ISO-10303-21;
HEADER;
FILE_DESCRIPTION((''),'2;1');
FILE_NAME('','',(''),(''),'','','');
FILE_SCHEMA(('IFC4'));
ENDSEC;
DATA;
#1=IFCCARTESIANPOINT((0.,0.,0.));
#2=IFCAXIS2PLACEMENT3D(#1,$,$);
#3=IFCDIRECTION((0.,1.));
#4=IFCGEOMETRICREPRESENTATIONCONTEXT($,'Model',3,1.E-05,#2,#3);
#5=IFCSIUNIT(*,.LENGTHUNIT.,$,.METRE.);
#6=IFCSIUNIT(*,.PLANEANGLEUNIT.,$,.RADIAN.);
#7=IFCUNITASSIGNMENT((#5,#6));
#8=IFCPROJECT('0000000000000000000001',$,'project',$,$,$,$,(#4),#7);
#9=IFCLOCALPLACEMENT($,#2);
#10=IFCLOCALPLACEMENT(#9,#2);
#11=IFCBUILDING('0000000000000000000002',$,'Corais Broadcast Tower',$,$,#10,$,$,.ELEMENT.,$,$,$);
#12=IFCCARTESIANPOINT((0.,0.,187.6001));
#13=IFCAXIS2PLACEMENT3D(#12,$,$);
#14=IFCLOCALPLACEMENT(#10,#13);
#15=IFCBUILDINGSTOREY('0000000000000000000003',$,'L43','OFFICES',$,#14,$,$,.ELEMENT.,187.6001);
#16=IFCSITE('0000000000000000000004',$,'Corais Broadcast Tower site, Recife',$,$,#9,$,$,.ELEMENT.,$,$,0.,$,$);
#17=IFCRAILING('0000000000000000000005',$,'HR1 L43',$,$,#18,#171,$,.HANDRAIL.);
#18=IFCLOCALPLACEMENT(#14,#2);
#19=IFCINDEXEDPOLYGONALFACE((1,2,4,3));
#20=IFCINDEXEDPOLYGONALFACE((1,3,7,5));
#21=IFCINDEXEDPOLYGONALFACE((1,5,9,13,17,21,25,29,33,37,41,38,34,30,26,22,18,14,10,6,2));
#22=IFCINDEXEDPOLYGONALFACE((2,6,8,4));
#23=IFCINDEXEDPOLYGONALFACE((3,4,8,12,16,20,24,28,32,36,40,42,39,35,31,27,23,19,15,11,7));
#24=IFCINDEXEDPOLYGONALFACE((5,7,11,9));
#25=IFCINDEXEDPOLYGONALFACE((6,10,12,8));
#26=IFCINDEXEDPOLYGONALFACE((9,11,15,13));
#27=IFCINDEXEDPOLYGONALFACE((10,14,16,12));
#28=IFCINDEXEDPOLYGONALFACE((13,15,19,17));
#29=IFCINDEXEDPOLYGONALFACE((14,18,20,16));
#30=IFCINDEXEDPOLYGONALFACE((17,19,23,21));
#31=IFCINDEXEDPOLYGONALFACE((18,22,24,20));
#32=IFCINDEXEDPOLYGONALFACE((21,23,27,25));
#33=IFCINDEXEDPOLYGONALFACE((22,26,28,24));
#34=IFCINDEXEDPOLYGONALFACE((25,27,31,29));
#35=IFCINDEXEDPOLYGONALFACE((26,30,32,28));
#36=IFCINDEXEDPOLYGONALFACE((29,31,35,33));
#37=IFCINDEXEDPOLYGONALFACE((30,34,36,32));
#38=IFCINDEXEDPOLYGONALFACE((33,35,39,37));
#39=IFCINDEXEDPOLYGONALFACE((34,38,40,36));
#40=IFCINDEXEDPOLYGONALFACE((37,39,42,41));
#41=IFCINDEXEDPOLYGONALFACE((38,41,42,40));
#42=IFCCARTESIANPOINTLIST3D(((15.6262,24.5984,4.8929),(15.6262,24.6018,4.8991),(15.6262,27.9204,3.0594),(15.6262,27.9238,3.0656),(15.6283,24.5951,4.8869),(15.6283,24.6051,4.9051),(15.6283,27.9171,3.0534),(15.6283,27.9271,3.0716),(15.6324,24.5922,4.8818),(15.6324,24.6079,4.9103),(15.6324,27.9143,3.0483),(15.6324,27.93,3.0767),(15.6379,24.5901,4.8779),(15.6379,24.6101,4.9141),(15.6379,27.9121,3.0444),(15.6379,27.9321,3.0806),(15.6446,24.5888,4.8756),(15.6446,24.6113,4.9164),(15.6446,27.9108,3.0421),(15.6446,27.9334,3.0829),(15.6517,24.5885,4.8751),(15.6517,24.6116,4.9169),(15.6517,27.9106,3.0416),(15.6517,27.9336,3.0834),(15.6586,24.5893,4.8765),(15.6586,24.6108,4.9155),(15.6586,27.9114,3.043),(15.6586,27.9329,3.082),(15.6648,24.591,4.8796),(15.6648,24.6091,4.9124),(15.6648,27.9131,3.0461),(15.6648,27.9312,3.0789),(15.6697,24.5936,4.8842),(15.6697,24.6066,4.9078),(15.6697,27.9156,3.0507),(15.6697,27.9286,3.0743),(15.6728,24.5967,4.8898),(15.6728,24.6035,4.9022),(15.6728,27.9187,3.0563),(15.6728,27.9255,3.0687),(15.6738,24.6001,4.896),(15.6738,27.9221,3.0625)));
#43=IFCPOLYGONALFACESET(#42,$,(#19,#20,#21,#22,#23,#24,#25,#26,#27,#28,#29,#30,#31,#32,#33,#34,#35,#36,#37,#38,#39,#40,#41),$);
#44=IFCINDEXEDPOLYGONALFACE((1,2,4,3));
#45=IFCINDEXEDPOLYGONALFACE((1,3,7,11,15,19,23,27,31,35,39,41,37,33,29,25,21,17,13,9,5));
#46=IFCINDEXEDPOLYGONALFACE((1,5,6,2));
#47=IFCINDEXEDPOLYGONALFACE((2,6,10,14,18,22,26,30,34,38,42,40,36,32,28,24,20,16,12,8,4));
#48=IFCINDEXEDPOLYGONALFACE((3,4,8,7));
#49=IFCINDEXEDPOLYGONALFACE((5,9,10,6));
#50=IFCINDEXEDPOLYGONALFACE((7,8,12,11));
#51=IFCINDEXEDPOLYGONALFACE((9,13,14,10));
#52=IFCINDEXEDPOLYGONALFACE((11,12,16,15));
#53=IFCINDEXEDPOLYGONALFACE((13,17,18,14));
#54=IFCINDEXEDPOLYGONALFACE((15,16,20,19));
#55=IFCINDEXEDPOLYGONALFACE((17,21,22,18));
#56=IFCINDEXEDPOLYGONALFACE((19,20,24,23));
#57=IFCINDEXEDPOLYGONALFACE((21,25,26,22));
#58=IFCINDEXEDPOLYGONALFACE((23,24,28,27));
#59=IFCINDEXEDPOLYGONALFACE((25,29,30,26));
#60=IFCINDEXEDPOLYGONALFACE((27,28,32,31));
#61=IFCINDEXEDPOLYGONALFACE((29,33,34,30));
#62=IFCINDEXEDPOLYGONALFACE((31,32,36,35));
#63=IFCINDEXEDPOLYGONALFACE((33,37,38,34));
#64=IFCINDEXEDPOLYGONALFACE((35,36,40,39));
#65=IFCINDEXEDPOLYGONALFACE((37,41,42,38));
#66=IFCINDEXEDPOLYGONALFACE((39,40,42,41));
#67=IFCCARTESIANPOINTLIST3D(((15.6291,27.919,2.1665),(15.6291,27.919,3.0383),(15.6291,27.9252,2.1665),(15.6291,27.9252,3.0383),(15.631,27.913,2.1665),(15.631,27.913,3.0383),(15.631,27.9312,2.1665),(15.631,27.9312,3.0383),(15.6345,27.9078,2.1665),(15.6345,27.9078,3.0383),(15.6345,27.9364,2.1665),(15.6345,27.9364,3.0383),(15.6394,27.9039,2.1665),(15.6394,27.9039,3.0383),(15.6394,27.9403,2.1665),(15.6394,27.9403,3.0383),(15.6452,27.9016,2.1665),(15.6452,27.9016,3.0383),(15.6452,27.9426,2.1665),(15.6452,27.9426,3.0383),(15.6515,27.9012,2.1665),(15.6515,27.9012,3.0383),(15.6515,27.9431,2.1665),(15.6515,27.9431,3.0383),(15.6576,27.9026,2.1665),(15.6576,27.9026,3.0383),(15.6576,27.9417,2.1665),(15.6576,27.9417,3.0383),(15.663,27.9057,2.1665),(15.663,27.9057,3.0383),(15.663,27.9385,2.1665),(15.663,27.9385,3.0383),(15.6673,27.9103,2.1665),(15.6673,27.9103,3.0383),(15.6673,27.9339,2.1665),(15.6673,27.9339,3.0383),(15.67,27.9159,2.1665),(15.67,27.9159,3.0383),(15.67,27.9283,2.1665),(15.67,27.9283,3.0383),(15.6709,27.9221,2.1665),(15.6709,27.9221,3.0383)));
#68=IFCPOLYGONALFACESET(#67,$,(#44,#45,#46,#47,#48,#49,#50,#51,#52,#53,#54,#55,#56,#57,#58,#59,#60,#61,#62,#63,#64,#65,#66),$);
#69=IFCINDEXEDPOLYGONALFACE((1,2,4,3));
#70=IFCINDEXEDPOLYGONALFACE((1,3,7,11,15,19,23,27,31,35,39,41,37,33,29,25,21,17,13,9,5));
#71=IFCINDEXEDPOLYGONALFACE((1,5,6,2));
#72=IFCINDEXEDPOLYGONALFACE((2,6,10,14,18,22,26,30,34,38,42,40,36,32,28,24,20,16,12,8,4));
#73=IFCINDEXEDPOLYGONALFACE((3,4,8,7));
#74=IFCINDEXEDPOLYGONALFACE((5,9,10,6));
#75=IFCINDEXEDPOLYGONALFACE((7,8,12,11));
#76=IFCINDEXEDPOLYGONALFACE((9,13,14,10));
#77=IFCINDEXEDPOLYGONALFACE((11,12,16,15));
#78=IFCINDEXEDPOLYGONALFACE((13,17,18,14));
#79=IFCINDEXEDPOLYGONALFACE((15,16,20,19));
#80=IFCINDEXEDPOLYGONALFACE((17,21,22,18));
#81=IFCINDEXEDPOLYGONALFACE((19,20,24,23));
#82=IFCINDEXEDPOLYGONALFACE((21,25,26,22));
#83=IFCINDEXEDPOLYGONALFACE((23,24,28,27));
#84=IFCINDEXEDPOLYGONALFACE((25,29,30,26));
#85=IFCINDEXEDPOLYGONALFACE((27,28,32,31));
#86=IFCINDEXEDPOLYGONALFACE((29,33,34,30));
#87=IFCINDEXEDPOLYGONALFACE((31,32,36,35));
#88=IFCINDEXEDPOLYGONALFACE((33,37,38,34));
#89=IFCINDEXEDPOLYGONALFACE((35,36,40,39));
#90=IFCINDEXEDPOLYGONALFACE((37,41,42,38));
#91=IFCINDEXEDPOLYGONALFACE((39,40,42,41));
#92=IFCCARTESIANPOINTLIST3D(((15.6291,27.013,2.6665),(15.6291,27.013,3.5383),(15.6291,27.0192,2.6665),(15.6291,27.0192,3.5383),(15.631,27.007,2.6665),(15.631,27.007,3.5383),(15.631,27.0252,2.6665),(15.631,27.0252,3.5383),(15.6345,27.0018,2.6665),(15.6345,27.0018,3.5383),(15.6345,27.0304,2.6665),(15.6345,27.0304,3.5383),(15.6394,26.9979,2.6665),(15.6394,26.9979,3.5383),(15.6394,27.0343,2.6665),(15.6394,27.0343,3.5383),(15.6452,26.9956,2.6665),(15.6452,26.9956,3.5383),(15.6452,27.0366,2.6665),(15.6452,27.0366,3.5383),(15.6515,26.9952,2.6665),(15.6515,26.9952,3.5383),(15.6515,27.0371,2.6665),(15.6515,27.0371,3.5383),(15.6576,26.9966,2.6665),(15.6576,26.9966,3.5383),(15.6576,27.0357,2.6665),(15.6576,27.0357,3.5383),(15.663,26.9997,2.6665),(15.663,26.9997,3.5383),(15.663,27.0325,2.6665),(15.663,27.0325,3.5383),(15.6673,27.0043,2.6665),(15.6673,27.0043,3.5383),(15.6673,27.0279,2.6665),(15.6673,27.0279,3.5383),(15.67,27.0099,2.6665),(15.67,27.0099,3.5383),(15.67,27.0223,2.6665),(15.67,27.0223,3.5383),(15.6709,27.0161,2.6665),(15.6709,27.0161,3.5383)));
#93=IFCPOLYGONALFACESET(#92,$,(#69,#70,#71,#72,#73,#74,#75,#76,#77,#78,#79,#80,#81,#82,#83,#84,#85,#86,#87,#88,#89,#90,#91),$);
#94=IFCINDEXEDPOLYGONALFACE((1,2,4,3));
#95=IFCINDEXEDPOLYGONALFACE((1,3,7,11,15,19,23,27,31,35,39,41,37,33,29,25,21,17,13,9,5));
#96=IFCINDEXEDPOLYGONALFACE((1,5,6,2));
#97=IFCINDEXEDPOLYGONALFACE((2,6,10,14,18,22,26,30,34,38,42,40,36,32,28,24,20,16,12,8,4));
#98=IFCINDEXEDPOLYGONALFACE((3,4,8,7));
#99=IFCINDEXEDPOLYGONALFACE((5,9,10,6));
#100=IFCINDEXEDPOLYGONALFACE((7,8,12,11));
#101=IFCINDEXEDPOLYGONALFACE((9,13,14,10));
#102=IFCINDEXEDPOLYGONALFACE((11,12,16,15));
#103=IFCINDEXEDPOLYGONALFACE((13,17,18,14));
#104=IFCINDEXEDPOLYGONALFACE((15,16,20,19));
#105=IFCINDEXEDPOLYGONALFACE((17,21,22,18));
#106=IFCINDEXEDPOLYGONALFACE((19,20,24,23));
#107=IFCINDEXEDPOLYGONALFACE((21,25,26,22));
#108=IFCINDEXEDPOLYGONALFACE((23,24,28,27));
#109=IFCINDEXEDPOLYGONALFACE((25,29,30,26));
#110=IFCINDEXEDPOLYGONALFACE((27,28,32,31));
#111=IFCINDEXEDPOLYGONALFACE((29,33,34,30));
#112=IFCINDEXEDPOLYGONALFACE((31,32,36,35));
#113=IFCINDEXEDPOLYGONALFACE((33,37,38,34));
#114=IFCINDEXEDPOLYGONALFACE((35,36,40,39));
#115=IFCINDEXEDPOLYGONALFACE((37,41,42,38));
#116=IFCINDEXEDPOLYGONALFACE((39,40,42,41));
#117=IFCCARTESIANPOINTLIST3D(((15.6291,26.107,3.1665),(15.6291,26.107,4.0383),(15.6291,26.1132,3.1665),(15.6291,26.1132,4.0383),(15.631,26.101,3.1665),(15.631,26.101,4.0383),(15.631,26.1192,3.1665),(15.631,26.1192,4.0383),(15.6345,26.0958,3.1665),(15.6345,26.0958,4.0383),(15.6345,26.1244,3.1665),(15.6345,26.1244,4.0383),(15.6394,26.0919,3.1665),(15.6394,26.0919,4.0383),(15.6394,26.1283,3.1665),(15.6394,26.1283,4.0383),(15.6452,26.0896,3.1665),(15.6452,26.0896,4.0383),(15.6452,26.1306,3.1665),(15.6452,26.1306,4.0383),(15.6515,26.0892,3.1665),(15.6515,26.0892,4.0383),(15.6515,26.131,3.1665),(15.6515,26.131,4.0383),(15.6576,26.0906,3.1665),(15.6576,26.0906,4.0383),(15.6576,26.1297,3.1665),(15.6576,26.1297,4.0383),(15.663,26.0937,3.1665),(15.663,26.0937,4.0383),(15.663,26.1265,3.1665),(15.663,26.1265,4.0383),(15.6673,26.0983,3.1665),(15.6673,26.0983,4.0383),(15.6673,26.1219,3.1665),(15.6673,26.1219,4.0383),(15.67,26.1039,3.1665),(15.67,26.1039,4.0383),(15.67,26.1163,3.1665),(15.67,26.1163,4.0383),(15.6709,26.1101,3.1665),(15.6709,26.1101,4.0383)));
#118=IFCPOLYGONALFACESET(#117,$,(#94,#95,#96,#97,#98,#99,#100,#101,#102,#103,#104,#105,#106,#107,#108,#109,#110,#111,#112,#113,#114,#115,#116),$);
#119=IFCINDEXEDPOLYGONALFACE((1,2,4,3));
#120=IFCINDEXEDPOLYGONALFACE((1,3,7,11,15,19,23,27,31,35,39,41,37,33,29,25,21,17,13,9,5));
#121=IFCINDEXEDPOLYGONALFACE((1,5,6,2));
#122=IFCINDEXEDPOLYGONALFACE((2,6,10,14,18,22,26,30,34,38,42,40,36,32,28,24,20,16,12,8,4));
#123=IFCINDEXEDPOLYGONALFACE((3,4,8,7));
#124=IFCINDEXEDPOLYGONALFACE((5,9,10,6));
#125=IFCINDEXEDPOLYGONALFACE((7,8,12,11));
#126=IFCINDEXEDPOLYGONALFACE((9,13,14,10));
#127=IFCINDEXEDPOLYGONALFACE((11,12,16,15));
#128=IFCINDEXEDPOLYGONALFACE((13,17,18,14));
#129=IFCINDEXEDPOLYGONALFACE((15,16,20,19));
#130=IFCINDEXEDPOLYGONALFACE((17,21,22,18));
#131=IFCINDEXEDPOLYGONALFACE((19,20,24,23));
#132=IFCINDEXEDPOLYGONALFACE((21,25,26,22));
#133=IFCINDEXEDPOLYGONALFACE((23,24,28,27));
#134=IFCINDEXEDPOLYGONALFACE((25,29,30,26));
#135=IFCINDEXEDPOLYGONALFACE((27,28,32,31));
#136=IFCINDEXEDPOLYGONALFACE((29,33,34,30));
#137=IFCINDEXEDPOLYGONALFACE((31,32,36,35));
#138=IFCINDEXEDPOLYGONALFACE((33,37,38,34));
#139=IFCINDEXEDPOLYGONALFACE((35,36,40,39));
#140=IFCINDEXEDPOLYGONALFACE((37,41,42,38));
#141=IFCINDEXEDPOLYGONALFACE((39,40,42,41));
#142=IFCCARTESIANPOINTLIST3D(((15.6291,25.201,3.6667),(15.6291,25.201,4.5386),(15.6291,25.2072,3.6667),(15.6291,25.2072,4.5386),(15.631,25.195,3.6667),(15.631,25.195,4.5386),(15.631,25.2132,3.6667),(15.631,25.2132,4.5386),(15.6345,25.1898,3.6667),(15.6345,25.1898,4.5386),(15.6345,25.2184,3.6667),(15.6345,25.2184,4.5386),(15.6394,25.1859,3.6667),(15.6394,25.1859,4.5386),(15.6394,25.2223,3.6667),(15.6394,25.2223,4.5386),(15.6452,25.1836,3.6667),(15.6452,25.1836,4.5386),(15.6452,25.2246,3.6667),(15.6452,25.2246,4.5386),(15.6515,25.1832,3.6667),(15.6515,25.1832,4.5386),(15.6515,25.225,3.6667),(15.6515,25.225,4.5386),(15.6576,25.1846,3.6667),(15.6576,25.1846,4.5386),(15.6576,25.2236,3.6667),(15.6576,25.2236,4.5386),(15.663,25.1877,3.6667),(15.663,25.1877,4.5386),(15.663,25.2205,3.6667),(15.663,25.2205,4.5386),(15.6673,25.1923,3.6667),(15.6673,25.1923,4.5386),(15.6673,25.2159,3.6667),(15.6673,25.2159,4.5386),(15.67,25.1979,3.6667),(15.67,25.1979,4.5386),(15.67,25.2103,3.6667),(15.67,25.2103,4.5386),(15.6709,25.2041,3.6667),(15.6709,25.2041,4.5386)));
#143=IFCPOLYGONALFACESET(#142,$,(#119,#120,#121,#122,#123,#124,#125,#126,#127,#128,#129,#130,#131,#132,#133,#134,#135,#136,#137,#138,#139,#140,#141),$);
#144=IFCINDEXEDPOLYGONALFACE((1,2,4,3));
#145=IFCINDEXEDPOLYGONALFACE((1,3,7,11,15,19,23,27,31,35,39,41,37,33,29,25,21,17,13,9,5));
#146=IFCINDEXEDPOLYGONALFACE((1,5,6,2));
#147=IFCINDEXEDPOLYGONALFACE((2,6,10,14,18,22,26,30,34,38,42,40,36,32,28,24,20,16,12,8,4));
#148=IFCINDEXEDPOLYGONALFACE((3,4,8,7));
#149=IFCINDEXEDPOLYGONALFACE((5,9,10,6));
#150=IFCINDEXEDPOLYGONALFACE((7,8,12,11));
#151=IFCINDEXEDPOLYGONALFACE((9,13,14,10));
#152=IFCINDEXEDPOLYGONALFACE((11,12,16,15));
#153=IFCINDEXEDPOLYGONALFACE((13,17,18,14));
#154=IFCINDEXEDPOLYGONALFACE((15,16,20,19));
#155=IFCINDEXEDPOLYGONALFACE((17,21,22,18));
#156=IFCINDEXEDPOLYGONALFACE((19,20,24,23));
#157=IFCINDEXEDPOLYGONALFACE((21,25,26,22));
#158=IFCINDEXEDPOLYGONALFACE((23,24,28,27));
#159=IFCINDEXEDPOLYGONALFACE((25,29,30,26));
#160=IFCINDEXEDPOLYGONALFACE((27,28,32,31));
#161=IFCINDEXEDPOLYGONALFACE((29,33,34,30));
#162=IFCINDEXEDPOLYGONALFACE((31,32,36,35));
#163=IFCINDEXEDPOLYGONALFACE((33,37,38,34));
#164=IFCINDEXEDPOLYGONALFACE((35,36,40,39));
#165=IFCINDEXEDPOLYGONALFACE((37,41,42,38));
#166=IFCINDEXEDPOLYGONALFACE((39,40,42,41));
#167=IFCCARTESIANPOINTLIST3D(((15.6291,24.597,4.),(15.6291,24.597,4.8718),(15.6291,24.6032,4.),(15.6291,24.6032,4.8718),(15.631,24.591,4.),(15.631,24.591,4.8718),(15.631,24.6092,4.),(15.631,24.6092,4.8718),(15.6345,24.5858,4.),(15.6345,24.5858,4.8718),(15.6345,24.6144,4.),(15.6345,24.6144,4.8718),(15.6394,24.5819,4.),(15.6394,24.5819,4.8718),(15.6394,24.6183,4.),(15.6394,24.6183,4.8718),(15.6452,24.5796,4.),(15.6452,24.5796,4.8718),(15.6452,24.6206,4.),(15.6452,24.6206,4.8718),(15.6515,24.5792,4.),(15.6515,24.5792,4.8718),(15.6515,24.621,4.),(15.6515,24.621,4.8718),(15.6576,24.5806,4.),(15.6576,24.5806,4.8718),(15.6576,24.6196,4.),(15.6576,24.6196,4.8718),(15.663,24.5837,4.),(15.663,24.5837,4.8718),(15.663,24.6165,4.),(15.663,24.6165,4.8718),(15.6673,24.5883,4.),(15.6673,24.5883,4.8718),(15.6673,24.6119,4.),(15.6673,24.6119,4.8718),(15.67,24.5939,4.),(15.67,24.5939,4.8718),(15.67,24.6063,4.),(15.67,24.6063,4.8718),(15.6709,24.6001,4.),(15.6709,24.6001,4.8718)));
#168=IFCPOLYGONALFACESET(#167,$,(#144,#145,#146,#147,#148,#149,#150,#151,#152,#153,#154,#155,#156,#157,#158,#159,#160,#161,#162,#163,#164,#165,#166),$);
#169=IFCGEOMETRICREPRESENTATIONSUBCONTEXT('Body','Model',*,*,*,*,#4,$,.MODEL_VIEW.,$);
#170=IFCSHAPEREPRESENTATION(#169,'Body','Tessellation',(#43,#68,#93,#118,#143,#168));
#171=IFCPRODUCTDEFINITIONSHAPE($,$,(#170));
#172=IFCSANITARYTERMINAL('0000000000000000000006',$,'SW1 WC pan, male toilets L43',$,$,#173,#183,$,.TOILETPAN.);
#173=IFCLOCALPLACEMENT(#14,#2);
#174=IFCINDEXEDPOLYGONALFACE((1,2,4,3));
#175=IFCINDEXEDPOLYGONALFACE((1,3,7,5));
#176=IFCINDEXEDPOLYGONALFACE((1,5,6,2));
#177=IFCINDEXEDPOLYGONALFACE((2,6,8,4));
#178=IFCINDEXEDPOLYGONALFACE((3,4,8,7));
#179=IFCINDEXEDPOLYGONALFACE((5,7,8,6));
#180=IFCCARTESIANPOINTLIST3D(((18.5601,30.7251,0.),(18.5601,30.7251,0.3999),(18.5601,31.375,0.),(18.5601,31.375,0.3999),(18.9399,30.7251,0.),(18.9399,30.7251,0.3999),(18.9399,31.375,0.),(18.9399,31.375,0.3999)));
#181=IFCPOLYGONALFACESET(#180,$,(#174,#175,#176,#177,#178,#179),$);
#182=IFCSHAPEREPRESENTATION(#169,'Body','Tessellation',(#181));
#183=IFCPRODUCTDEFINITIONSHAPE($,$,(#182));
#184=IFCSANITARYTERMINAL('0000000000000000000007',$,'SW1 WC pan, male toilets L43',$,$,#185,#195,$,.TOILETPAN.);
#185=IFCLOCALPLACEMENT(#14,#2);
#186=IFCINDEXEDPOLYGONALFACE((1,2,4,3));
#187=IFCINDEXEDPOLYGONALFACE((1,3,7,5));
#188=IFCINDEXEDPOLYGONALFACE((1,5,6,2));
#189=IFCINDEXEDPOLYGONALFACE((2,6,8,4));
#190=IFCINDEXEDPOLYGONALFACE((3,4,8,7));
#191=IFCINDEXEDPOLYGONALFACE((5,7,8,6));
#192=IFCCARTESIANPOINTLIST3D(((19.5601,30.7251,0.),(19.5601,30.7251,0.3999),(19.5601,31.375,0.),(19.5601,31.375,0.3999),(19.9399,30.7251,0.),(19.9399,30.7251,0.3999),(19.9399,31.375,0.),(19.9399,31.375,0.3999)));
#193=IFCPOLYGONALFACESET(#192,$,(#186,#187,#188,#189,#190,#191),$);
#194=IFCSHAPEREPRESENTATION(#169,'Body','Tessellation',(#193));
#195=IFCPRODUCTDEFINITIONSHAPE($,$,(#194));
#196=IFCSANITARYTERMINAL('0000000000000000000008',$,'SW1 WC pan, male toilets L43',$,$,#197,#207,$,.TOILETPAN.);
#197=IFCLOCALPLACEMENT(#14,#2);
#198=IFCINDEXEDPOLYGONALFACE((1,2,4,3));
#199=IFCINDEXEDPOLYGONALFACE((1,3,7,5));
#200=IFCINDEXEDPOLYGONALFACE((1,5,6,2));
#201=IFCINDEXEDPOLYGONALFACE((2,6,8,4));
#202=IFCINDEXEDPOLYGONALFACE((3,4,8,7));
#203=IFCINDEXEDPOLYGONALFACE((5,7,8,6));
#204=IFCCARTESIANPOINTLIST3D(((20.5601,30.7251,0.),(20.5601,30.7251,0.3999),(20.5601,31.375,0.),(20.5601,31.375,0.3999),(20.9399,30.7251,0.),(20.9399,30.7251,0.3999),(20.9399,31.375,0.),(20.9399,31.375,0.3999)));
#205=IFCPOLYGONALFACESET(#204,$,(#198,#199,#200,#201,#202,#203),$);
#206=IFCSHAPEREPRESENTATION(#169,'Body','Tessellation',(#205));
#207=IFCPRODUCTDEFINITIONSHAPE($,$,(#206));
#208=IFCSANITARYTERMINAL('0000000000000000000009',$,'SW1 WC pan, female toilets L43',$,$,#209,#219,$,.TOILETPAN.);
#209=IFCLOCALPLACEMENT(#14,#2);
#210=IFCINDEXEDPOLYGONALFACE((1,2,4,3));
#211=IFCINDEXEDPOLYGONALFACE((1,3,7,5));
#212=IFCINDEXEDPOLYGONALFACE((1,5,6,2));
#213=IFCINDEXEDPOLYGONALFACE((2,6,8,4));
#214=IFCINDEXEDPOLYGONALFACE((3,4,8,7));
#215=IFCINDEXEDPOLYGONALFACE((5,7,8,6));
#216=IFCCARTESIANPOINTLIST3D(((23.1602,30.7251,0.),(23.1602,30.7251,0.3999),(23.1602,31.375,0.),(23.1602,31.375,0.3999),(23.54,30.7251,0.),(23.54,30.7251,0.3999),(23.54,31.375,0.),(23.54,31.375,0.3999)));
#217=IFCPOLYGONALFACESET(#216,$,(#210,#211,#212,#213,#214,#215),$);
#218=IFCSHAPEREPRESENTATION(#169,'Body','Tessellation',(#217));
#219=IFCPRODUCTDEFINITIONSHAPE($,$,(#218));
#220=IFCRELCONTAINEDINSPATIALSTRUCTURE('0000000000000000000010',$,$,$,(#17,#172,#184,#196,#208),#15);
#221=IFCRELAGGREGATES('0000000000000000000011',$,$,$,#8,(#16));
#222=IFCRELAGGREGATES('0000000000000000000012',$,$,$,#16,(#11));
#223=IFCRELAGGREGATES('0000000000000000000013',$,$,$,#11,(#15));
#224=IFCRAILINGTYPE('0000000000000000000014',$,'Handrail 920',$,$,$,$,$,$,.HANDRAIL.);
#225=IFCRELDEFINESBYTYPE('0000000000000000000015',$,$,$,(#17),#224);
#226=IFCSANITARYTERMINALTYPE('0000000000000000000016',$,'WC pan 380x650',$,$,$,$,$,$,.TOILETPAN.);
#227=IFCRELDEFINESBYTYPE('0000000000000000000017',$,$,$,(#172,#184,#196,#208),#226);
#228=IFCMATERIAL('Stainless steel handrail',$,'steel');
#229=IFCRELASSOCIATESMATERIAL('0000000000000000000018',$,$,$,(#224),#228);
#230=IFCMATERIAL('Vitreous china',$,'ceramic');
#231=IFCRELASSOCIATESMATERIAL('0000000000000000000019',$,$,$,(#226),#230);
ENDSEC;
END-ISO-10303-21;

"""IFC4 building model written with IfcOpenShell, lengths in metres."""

from ifc_helpers import new_model, si_unit, direction, frame, origin, origin_2d, place, context, subcontext, project, spatial, rectangle, circle, extrude, material, type_object, element, save


model = new_model("IFC4")

# Units and contexts
model_context = context("Model", 3, precision=1e-05, world=origin(), true_north=direction((0.0, 1.0)))
body_context = subcontext(model_context, "Body", "Model", "MODEL_VIEW")
ifc_project = project(units=[si_unit("LENGTHUNIT", "METRE"), si_unit("PLANEANGLEUNIT", "RADIAN")], contexts=[model_context])

# Site, building, storey
site_placement = place(None, origin())
site = spatial("IfcSite", under=ifc_project, at=site_placement, Name="Corais Broadcast Tower site, Recife", CompositionType="ELEMENT", RefElevation=0.0)
building_placement = place(site_placement, origin())
building = spatial("IfcBuilding", under=site, at=building_placement, Name="Corais Broadcast Tower", CompositionType="ELEMENT")
storey_placement = place(building_placement, frame((0.0, 0.0, 187.6001)))
storey = spatial("IfcBuildingStorey", under=building, at=storey_placement, Name="L43", Description="OFFICES", CompositionType="ELEMENT", Elevation=187.6001)

# Railing
ifc_material_1 = material(Name="Stainless steel handrail", Category="steel")
railing_type = type_object("IfcRailingType", Name="Handrail 920", PredefinedType="HANDRAIL", material=ifc_material_1)
railing_placement = place(storey_placement, frame((15.6499, 27.9221, 2.1665)))
element("IfcRailing", 1, at=railing_placement, inside=storey, type_object=railing_type, Name="HR1 L43", PredefinedType="HANDRAIL", context=body_context, shape_type="SweptSolid", body=[
    extrude(circle(Radius=0.0239, at=origin_2d()), frame((0.0, 0.0, 0.896), z_axis=(0.0, -0.875504, 0.48321), x_axis=(1.0, 0.0, 0.0)), (0.0, 0.0, 1.0), 3.7944),
    extrude(circle(Radius=0.021, at=origin_2d()), origin(), (0.0, 0.0, 1.0), 0.8718),
    extrude(circle(Radius=0.021, at=origin_2d()), frame((0.0, -0.906, 0.5)), (0.0, 0.0, 1.0), 0.8718),
    extrude(circle(Radius=0.021, at=origin_2d()), frame((0.0, -1.812, 1.0)), (0.0, 0.0, 1.0), 0.8718),
    extrude(circle(Radius=0.021, at=origin_2d()), frame((0.0, -2.718, 1.5002)), (0.0, 0.0, 1.0), 0.8718),
    extrude(circle(Radius=0.021, at=origin_2d()), frame((0.0, -3.322, 1.8335)), (0.0, 0.0, 1.0), 0.8718),
])

# Sanitary terminals
ifc_material_2 = material(Name="Vitreous china", Category="ceramic")
sanitary_terminal_type_1 = type_object("IfcSanitaryTerminalType", Name="WC pan 380x650", PredefinedType="TOILETPAN", material=ifc_material_2)
for number, where, z_axis, x_axis, name in (
    (2, (18.75, 31.05, 0.0), (0.0, 0.0, 1.0), (1.0, 0.0, 0.0), "SW1 WC pan, male toilets L43"),
    (3, (19.75, 31.05, 0.0), (0.0, 0.0, 1.0), (1.0, 0.0, 0.0), "SW1 WC pan, male toilets L43"),
    (4, (20.75, 31.05, 0.0), (0.0, 0.0, 1.0), (1.0, 0.0, 0.0), "SW1 WC pan, male toilets L43"),
    (5, (23.3501, 31.05, 0.0), (0.0, 0.0, 1.0), (1.0, 0.0, 0.0), "SW1 WC pan, female toilets L43"),
):
    element("IfcSanitaryTerminal", number, at=place(storey_placement, frame(where, z_axis=z_axis, x_axis=x_axis)), inside=storey, type_object=sanitary_terminal_type_1, Name=name, PredefinedType="TOILETPAN", context=body_context, shape_type="SweptSolid", body=[
        extrude(rectangle(XDim=0.3799, YDim=0.6499, at=origin_2d()), origin(), (0.0, 0.0, 1.0), 0.3999),
    ])

save(model, "model.ifc")
